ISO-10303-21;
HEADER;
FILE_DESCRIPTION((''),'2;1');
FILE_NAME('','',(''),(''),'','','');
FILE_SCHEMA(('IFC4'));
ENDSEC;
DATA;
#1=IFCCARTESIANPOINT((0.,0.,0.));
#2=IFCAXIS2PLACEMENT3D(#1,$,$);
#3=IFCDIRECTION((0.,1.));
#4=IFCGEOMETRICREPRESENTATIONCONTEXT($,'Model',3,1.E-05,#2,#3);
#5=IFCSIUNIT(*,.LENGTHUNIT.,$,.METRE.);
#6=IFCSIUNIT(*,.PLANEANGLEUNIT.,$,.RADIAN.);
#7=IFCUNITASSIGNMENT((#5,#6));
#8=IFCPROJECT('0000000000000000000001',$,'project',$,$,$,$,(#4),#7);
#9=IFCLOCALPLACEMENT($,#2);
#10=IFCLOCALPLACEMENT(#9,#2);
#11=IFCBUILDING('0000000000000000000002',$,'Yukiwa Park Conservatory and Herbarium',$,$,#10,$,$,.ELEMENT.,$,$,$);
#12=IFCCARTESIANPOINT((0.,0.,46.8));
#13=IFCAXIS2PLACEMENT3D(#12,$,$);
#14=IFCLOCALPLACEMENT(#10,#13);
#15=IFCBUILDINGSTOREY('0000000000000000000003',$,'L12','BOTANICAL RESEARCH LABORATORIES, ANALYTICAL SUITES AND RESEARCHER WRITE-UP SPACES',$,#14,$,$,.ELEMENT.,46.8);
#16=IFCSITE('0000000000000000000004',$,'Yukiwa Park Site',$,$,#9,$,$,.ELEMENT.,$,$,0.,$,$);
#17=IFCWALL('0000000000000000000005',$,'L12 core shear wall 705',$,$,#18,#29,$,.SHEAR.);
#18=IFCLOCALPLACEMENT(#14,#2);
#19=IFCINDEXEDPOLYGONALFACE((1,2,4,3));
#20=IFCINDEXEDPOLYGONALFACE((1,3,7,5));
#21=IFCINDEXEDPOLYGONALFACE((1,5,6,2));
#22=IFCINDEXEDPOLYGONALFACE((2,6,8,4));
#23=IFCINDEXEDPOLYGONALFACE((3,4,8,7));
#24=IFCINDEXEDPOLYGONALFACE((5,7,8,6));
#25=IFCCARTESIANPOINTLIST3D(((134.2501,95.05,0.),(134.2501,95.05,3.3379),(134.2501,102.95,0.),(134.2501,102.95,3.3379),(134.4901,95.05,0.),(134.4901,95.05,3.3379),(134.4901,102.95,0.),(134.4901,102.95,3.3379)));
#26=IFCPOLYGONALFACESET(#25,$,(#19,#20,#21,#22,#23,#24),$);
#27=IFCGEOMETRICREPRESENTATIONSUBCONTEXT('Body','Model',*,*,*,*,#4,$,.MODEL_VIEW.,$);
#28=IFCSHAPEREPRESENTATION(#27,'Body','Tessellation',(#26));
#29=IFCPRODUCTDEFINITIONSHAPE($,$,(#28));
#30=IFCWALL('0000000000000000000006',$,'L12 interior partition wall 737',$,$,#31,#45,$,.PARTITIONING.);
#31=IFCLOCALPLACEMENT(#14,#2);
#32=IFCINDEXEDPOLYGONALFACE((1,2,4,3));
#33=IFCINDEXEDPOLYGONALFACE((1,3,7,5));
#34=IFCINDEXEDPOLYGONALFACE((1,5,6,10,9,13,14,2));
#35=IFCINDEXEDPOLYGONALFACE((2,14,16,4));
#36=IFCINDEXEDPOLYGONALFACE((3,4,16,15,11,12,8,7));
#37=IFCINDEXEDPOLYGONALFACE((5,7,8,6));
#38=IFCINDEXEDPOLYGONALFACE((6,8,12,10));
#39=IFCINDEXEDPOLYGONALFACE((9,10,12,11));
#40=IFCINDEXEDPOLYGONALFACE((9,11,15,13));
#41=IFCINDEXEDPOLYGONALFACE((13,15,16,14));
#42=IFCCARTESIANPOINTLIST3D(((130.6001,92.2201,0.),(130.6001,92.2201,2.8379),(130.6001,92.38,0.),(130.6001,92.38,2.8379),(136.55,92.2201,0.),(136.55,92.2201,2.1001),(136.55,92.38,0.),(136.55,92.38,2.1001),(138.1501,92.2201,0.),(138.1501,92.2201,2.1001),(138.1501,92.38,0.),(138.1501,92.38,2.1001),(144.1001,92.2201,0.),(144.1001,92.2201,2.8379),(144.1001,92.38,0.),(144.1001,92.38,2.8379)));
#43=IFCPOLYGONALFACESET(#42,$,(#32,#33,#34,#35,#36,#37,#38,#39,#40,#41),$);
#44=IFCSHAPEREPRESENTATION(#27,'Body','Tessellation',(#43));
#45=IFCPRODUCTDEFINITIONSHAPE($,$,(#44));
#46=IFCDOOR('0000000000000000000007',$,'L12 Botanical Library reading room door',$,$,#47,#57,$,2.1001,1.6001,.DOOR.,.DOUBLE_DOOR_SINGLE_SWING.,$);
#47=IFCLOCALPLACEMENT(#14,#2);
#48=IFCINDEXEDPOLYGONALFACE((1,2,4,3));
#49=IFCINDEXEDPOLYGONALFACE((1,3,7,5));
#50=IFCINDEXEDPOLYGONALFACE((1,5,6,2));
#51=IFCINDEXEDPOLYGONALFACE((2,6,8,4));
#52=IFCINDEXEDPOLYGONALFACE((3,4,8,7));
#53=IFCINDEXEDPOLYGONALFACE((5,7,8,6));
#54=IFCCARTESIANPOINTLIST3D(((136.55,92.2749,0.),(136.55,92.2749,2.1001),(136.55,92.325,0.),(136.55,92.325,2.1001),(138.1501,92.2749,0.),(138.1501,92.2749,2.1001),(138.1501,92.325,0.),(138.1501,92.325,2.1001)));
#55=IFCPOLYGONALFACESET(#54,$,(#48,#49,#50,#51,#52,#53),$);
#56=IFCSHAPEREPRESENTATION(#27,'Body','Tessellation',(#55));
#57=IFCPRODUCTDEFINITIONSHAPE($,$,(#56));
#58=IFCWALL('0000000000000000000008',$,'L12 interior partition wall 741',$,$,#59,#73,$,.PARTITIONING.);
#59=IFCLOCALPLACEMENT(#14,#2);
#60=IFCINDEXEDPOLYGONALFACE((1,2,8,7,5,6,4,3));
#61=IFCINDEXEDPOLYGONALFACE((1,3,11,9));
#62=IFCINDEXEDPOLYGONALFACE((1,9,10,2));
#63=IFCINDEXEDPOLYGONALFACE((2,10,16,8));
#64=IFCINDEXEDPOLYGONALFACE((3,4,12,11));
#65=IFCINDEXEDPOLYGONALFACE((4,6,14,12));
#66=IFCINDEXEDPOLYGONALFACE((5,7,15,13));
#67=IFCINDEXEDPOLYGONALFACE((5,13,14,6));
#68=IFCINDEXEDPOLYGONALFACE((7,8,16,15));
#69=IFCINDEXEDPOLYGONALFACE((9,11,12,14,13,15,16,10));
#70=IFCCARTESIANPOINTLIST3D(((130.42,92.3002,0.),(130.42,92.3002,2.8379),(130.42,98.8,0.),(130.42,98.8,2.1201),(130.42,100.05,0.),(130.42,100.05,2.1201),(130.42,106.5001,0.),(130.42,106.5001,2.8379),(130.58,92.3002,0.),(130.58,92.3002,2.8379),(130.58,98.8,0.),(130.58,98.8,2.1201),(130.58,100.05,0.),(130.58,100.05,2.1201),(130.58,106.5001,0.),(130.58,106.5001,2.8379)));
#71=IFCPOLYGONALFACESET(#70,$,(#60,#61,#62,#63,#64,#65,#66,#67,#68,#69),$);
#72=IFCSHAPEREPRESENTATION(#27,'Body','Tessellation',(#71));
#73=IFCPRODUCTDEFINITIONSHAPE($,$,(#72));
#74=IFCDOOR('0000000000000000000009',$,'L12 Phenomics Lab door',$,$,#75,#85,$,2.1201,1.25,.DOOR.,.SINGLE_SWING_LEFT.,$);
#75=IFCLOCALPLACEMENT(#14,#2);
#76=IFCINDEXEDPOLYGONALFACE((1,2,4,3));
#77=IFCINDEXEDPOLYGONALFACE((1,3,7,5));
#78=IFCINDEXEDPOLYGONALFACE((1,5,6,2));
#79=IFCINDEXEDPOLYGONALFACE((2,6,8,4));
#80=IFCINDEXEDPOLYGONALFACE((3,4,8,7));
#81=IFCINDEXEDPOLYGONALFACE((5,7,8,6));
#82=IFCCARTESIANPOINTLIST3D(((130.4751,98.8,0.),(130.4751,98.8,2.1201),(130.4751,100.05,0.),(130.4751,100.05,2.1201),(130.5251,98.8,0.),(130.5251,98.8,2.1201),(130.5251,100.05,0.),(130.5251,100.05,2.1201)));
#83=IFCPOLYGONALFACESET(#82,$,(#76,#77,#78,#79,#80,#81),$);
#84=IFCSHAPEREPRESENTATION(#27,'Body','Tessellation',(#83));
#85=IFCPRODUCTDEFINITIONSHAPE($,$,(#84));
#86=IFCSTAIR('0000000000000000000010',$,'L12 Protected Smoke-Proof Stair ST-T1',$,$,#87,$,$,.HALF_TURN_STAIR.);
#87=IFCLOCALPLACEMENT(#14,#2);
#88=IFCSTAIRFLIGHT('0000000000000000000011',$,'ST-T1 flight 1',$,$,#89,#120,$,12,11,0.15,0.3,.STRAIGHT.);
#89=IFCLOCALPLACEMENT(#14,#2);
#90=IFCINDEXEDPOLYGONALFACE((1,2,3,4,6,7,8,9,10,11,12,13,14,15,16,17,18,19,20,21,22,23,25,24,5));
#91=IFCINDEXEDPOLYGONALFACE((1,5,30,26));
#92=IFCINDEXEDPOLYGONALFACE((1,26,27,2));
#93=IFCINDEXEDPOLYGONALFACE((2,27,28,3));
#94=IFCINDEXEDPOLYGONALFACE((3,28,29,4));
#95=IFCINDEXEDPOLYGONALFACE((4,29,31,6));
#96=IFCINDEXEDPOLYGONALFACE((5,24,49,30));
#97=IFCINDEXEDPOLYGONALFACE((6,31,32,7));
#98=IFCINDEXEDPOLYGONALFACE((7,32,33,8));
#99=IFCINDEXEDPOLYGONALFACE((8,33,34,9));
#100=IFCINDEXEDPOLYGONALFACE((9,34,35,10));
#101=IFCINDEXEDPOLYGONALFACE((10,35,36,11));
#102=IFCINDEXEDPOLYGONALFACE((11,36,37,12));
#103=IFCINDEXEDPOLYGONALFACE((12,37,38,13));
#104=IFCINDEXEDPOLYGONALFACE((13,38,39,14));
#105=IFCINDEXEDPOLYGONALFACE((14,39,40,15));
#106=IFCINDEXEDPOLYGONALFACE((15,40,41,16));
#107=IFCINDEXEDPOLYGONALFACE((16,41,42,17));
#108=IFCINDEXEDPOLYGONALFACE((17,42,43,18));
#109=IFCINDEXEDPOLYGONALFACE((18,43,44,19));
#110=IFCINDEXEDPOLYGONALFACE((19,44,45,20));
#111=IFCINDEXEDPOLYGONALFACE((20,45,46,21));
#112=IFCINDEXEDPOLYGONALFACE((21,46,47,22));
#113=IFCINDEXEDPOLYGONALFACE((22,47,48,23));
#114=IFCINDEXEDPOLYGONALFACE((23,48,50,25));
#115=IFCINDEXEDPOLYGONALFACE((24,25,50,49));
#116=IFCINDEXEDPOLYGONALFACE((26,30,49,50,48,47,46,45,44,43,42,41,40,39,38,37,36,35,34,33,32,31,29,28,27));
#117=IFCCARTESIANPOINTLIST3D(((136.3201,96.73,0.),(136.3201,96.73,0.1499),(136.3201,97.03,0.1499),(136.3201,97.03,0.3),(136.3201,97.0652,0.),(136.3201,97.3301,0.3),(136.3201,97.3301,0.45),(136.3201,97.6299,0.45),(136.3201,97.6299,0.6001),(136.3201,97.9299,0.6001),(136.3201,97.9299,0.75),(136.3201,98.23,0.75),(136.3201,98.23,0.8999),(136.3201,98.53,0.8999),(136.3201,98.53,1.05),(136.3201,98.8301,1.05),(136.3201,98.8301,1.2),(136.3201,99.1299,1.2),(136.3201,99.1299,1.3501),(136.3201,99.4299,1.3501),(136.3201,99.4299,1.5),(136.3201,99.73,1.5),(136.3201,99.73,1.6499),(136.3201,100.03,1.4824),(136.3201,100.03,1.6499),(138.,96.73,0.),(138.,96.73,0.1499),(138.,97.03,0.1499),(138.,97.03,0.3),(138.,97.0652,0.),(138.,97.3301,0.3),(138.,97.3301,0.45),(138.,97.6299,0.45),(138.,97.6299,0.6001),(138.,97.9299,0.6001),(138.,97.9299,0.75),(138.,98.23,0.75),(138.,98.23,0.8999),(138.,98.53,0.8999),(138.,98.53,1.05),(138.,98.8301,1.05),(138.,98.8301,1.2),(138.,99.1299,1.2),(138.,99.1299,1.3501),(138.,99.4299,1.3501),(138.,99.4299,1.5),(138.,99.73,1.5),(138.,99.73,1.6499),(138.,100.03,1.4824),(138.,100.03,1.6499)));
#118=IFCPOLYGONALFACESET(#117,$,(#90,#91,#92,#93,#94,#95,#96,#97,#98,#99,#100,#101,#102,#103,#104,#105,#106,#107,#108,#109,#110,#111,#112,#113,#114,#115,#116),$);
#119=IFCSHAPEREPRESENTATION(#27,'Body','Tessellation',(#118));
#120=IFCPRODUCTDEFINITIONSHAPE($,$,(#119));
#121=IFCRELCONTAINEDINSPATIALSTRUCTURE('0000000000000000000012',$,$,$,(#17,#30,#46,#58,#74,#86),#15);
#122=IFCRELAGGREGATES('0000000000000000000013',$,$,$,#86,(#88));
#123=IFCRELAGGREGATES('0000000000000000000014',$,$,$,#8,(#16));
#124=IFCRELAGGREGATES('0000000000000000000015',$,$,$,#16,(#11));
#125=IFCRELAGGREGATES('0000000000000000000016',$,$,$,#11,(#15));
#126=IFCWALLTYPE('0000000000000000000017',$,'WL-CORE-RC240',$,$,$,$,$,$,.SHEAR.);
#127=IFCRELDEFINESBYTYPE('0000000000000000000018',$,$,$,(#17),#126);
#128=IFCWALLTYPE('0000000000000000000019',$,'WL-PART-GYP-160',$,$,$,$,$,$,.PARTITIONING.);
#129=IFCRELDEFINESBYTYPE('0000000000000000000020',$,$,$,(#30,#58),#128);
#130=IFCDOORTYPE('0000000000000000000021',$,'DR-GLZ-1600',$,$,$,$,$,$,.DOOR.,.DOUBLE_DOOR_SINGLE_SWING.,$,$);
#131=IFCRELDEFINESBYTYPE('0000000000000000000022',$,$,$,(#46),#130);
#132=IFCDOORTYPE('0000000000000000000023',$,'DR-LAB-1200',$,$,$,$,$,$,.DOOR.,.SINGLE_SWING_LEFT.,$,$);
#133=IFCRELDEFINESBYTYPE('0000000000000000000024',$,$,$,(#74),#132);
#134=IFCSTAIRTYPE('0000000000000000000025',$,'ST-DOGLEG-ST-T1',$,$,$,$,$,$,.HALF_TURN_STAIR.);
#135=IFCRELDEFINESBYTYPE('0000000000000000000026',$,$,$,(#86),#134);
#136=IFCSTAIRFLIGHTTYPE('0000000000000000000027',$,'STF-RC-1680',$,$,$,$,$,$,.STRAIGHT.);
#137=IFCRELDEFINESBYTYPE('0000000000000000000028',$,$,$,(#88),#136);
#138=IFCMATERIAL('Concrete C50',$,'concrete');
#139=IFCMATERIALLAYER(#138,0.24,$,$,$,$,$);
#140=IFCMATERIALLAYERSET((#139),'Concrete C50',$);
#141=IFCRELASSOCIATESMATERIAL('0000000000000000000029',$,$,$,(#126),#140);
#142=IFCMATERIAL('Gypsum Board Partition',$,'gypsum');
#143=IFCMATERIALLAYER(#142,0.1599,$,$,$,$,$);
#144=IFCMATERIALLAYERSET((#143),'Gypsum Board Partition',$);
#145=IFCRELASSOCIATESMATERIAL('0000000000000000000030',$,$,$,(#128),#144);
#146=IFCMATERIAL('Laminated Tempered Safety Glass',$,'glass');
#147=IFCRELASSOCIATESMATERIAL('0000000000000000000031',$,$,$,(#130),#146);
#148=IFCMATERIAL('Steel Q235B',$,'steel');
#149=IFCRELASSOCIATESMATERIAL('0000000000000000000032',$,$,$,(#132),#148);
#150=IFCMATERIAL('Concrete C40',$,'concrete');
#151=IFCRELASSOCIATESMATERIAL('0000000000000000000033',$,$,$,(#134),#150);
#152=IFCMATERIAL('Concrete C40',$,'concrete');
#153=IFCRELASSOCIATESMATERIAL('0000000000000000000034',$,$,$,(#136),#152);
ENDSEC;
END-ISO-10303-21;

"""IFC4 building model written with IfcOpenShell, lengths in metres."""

from ifc_helpers import new_model, si_unit, direction, frame, frame_2d, origin, place, context, subcontext, project, spatial, polyline, rectangle, outline, extrude, material, layer, layer_set, type_object, element, fill, aggregate, save


model = new_model("IFC4")

# Units and contexts
model_context = context("Model", 3, precision=1e-05, world=origin(), true_north=direction((0.0, 1.0)))
body_context = subcontext(model_context, "Body", "Model", "MODEL_VIEW")
ifc_project = project(units=[si_unit("LENGTHUNIT", "METRE"), si_unit("PLANEANGLEUNIT", "RADIAN")], contexts=[model_context])

# Site, building, storey
site_placement = place(None, origin())
site = spatial("IfcSite", under=ifc_project, at=site_placement, Name="Yukiwa Park Site", CompositionType="ELEMENT", RefElevation=0.0)
building_placement = place(site_placement, origin())
building = spatial("IfcBuilding", under=site, at=building_placement, Name="Yukiwa Park Conservatory and Herbarium", CompositionType="ELEMENT")
storey_placement = place(building_placement, frame((0.0, 0.0, 46.8)))
storey = spatial("IfcBuildingStorey", under=building, at=storey_placement, Name="L12", Description="BOTANICAL RESEARCH LABORATORIES, ANALYTICAL SUITES AND RESEARCHER WRITE-UP SPACES", CompositionType="ELEMENT", Elevation=46.8)

# Shared definitions
ifc_material_1 = material(Name="Concrete C50", Category="concrete")
ifc_layer_1 = layer(ifc_material_1, 0.24)
ifc_layer_set_1 = layer_set([ifc_layer_1], Name="Concrete C50")
wall_type_1 = type_object("IfcWallType", Name="WL-CORE-RC240", PredefinedType="SHEAR", material=ifc_layer_set_1)

# Wall
wall_1_placement = place(storey_placement, frame((134.3701, 95.05, 0.0), z_axis=(0.0, 0.0, 1.0), x_axis=(0.0, 1.0, 0.0)))
element("IfcWall", 1, at=wall_1_placement, inside=storey, type_object=wall_type_1, Name="L12 core shear wall 705", PredefinedType="SHEAR", context=body_context, shape_type="SweptSolid", body=[
    extrude(rectangle(XDim=7.8999, YDim=0.24, at=frame_2d((3.95, 0.0))), origin(), (0.0, 0.0, 1.0), 3.3379),
])

# Walls, openings, doors
ifc_material_2 = material(Name="Gypsum Board Partition", Category="gypsum")
ifc_layer_2 = layer(ifc_material_2, 0.1599)
ifc_layer_set_2 = layer_set([ifc_layer_2], Name="Gypsum Board Partition")
wall_type_2 = type_object("IfcWallType", Name="WL-PART-GYP-160", PredefinedType="PARTITIONING", material=ifc_layer_set_2)
wall_2_placement = place(storey_placement, frame((130.6001, 92.3, 0.0), z_axis=(0.0, 0.0, 1.0), x_axis=(1.0, 0.0, 0.0)))
wall_2 = element("IfcWall", 2, at=wall_2_placement, inside=storey, type_object=wall_type_2, Name="L12 interior partition wall 737", PredefinedType="PARTITIONING", context=body_context, shape_type="SweptSolid", body=[
    extrude(rectangle(XDim=13.5, YDim=0.1599, at=frame_2d((6.75, 0.0))), origin(), (0.0, 0.0, 1.0), 2.8379),
])
opening_1_placement = place(wall_2_placement, frame((5.95, 0.0, 0.0)))
opening_1 = element("IfcOpeningElement", 3, at=opening_1_placement, cuts=wall_2, PredefinedType="OPENING", context=body_context, shape_type="SweptSolid", body=[
    extrude(rectangle(XDim=1.6001, YDim=2.1001, at=frame_2d((0.8, 1.05))), frame((0.0, 0.0898, 0.0), z_axis=(0.0, -1.0, 0.0), x_axis=(1.0, 0.0, 0.0)), (0.0, 0.0, 1.0), 0.1799),
])
ifc_material_3 = material(Name="Laminated Tempered Safety Glass", Category="glass")
door_type_1 = type_object("IfcDoorType", Name="DR-GLZ-1600", OperationType="DOUBLE_DOOR_SINGLE_SWING", PredefinedType="DOOR", material=ifc_material_3)
door_1_placement = place(opening_1_placement, origin())
door_1 = element("IfcDoor", 4, at=door_1_placement, inside=storey, type_object=door_type_1, Name="L12 Botanical Library reading room door", OperationType="DOUBLE_DOOR_SINGLE_SWING", OverallHeight=2.1001, OverallWidth=1.6001, PredefinedType="DOOR", context=body_context, shape_type="SweptSolid", body=[
    extrude(rectangle(XDim=1.6001, YDim=2.1001, at=frame_2d((0.8, 1.05))), frame((0.0, 0.0249, 0.0), z_axis=(0.0, -1.0, 0.0), x_axis=(1.0, 0.0, 0.0)), (0.0, 0.0, 1.0), 0.05),
])
fill(opening_1, door_1)
wall_3_placement = place(storey_placement, frame((130.5, 92.3, 0.0), z_axis=(0.0, 0.0, 1.0), x_axis=(0.0, 1.0, 0.0)))
wall_3 = element("IfcWall", 5, at=wall_3_placement, inside=storey, type_object=wall_type_2, Name="L12 interior partition wall 741", PredefinedType="PARTITIONING", context=body_context, shape_type="SweptSolid", body=[
    extrude(rectangle(XDim=14.2, YDim=0.1599, at=frame_2d((7.1001, 0.0))), origin(), (0.0, 0.0, 1.0), 2.8379),
])
opening_2_placement = place(wall_3_placement, frame((6.5, 0.0, 0.0)))
opening_2 = element("IfcOpeningElement", 6, at=opening_2_placement, cuts=wall_3, PredefinedType="OPENING", context=body_context, shape_type="SweptSolid", body=[
    extrude(rectangle(XDim=1.25, YDim=2.1201, at=frame_2d((0.625, 1.0601))), frame((0.0, 0.0898, 0.0), z_axis=(0.0, -1.0, 0.0), x_axis=(1.0, 0.0, 0.0)), (0.0, 0.0, 1.0), 0.1799),
])
ifc_material_4 = material(Name="Steel Q235B", Category="steel")
door_type_2 = type_object("IfcDoorType", Name="DR-LAB-1200", OperationType="SINGLE_SWING_LEFT", PredefinedType="DOOR", material=ifc_material_4)
door_2_placement = place(opening_2_placement, origin())
door_2 = element("IfcDoor", 7, at=door_2_placement, inside=storey, type_object=door_type_2, Name="L12 Phenomics Lab door", OperationType="SINGLE_SWING_LEFT", OverallHeight=2.1201, OverallWidth=1.25, PredefinedType="DOOR", context=body_context, shape_type="SweptSolid", body=[
    extrude(rectangle(XDim=1.25, YDim=2.1201, at=frame_2d((0.625, 1.0601))), frame((0.0, 0.0249, 0.0), z_axis=(0.0, -1.0, 0.0), x_axis=(1.0, 0.0, 0.0)), (0.0, 0.0, 1.0), 0.05),
])
fill(opening_2, door_2)

# Stair, stair flight
ifc_material_5 = material(Name="Concrete C40", Category="concrete")
stair_type = type_object("IfcStairType", Name="ST-DOGLEG-ST-T1", PredefinedType="HALF_TURN_STAIR", material=ifc_material_5)
stair_placement = place(storey_placement, origin())
stair = element("IfcStair", 8, at=stair_placement, inside=storey, type_object=stair_type, Name="L12 Protected Smoke-Proof Stair ST-T1", PredefinedType="HALF_TURN_STAIR")
ifc_material_6 = material(Name="Concrete C40", Category="concrete")
stair_flight_type = type_object("IfcStairFlightType", Name="STF-RC-1680", PredefinedType="STRAIGHT", material=ifc_material_6)
stair_flight_placement = place(storey_placement, frame((137.1599, 96.73, 0.0), z_axis=(0.0, 0.0, 1.0), x_axis=(0.0, 1.0, 0.0)))
stair_flight = element("IfcStairFlight", 9, at=stair_flight_placement, type_object=stair_flight_type, Name="ST-T1 flight 1", NumberOfRisers=12, NumberOfTreads=11, PredefinedType="STRAIGHT", RiserHeight=0.15, TreadLength=0.3, context=body_context, shape_type="SweptSolid", body=[
    extrude(outline(polyline([(0.0, 0.0), (0.0, 0.1499), (0.3, 0.1499), (0.3, 0.3), (0.6001, 0.3), (0.6001, 0.45), (0.8999, 0.45), (0.8999, 0.6001), (1.2, 0.6001), (1.2, 0.75), (1.5, 0.75), (1.5, 0.8999), (1.8, 0.8999), (1.8, 1.05), (2.1001, 1.05), (2.1001, 1.2), (2.3999, 1.2), (2.3999, 1.3501), (2.7, 1.3501), (2.7, 1.5), (3.0, 1.5), (3.0, 1.6499), (3.3, 1.6499), (3.3, 1.8), (3.3, 1.4824), (0.3352, 0.0), (0.0, 0.0)])), frame((0.0, 0.8398, 0.0), z_axis=(0.0, -1.0, 0.0), x_axis=(1.0, 0.0, 0.0)), (0.0, 0.0, 1.0), 1.6799),
])
aggregate(stair, [stair_flight])

save(model, "model.ifc")
